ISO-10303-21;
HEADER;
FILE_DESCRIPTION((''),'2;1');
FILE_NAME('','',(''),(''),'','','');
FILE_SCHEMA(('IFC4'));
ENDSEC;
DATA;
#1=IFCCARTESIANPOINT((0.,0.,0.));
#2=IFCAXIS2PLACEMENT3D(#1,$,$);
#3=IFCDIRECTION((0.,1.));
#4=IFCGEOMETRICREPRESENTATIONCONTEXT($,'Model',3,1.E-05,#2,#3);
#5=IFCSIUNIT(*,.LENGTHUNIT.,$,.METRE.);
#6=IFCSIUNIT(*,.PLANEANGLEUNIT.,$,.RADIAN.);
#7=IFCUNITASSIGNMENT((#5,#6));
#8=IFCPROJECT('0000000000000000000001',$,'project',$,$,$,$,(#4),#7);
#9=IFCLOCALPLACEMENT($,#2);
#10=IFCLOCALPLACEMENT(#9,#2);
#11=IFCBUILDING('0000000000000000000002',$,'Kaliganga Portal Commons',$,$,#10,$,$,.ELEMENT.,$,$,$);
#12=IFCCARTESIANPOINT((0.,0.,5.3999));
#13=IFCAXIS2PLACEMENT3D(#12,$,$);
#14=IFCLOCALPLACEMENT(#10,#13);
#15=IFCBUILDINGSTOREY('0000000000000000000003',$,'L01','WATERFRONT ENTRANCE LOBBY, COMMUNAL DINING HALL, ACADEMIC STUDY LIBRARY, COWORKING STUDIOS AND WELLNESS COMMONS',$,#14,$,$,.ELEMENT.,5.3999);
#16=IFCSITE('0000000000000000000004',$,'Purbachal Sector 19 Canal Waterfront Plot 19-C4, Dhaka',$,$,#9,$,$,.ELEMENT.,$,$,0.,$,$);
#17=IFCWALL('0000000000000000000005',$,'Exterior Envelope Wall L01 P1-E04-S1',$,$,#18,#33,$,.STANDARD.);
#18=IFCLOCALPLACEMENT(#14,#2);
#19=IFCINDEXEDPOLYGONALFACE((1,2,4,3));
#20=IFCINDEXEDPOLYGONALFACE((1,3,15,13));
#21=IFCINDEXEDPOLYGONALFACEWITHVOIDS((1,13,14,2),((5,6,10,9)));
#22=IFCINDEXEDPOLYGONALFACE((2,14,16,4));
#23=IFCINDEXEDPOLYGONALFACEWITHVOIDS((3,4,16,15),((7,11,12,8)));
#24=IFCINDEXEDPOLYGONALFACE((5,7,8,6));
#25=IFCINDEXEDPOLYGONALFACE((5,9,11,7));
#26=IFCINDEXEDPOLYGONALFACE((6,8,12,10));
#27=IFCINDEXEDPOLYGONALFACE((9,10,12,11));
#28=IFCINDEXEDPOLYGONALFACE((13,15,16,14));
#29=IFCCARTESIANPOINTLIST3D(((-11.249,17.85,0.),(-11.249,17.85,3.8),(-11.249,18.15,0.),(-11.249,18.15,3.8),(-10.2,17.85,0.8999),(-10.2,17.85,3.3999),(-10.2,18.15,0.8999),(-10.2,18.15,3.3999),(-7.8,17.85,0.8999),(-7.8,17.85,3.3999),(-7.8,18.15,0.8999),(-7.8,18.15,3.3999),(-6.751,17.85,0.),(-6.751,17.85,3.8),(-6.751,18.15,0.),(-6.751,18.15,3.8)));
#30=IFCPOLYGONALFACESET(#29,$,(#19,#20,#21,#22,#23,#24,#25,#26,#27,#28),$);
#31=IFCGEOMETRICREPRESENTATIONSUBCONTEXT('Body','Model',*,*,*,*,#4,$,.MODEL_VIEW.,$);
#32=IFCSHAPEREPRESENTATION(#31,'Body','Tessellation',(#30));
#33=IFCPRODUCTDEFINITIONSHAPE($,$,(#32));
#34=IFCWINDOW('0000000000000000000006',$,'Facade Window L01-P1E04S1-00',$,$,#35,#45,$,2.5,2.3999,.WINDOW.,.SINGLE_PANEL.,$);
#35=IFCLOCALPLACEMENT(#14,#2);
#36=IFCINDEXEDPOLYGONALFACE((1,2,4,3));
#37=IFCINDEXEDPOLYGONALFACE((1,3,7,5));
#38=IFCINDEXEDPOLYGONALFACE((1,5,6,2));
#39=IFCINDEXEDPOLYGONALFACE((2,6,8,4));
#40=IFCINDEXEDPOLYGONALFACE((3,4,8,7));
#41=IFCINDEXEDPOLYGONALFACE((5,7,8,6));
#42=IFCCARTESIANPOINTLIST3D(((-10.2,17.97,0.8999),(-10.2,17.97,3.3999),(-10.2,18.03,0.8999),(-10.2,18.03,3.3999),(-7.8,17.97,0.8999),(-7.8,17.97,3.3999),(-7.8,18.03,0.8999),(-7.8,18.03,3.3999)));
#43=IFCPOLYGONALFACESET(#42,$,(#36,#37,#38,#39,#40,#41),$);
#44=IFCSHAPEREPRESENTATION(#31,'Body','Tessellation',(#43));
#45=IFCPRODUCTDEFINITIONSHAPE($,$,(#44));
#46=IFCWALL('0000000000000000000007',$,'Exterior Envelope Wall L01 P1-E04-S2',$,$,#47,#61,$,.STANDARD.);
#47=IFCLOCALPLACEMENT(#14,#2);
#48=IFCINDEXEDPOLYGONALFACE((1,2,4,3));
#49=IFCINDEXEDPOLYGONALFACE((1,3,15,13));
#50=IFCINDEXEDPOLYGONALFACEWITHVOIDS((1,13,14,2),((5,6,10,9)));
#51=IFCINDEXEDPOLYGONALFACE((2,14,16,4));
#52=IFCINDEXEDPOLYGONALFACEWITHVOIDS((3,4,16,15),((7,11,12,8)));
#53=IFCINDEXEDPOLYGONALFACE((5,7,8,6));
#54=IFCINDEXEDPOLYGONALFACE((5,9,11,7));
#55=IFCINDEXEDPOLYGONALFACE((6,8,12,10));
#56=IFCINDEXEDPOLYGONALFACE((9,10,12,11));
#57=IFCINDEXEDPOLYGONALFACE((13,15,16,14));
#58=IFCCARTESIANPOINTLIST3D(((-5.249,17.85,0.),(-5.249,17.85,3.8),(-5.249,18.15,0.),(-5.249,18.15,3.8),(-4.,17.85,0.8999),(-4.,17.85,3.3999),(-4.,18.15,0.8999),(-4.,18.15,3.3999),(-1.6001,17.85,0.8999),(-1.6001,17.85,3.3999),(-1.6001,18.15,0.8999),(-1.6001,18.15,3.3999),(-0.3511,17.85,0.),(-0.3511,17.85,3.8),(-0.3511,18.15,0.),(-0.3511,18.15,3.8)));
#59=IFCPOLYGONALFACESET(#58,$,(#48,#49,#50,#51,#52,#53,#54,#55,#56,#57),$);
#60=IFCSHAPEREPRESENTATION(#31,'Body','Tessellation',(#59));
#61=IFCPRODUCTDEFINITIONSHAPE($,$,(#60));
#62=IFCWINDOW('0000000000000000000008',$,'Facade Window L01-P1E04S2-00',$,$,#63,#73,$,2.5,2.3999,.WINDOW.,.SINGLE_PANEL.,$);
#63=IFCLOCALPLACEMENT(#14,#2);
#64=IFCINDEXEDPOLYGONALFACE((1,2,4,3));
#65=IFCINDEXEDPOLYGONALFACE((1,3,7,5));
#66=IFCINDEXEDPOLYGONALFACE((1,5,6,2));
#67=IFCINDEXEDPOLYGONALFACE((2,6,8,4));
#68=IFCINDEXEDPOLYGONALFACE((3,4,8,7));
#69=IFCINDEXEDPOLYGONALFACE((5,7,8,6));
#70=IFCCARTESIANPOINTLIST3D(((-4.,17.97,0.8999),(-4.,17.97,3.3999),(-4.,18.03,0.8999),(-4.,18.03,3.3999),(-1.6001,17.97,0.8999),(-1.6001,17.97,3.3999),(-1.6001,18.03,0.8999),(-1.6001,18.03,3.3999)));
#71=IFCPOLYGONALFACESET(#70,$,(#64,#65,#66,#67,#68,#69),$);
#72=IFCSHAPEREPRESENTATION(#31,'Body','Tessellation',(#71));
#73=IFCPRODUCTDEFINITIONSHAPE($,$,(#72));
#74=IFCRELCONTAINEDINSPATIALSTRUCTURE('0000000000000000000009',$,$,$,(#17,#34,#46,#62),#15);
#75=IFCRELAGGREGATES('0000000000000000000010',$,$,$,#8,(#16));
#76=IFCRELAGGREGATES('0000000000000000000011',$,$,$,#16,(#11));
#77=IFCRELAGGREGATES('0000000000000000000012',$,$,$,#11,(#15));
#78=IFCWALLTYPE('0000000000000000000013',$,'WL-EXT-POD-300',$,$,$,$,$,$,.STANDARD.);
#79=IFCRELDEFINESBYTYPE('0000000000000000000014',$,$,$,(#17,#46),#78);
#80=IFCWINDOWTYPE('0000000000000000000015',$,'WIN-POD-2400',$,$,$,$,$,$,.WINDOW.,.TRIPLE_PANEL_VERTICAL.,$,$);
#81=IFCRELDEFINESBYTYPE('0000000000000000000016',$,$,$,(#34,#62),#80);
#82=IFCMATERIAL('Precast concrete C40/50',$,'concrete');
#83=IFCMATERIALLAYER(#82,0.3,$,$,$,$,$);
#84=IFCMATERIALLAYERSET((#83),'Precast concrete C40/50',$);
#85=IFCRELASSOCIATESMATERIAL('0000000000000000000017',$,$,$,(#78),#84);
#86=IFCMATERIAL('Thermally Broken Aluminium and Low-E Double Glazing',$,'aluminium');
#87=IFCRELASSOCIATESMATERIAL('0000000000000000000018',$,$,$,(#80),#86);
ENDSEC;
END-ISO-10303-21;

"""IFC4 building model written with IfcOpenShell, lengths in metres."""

from ifc_helpers import new_model, si_unit, direction, frame, frame_2d, origin, place, context, subcontext, project, spatial, rectangle, extrude, material, layer, layer_set, type_object, element, fill, save


model = new_model("IFC4")

# Units and contexts
model_context = context("Model", 3, precision=1e-05, world=origin(), true_north=direction((0.0, 1.0)))
body_context = subcontext(model_context, "Body", "Model", "MODEL_VIEW")
ifc_project = project(units=[si_unit("LENGTHUNIT", "METRE"), si_unit("PLANEANGLEUNIT", "RADIAN")], contexts=[model_context])

# Site, building, storey
site_placement = place(None, origin())
site = spatial("IfcSite", under=ifc_project, at=site_placement, Name="Purbachal Sector 19 Canal Waterfront Plot 19-C4, Dhaka", CompositionType="ELEMENT", RefElevation=0.0)
building_placement = place(site_placement, origin())
building = spatial("IfcBuilding", under=site, at=building_placement, Name="Kaliganga Portal Commons", CompositionType="ELEMENT")
storey_placement = place(building_placement, frame((0.0, 0.0, 5.3999)))
storey = spatial("IfcBuildingStorey", under=building, at=storey_placement, Name="L01", Description="WATERFRONT ENTRANCE LOBBY, COMMUNAL DINING HALL, ACADEMIC STUDY LIBRARY, COWORKING STUDIOS AND WELLNESS COMMONS", CompositionType="ELEMENT", Elevation=5.3999)

# Walls, openings, windows
ifc_material_1 = material(Name="Precast concrete C40/50", Category="concrete")
ifc_layer_1 = layer(ifc_material_1, 0.3)
ifc_layer_set_1 = layer_set([ifc_layer_1], Name="Precast concrete C40/50")
wall_type = type_object("IfcWallType", Name="WL-EXT-POD-300", PredefinedType="STANDARD", material=ifc_layer_set_1)
wall_1_placement = place(storey_placement, frame((-6.751, 18.0, 0.0), z_axis=(0.0, 0.0, 1.0), x_axis=(-1.0, 0.0, 0.0)))
wall_1 = element("IfcWall", 1, at=wall_1_placement, inside=storey, type_object=wall_type, Name="Exterior Envelope Wall L01 P1-E04-S1", PredefinedType="STANDARD", context=body_context, shape_type="SweptSolid", body=[
    extrude(rectangle(XDim=4.498, YDim=0.3, at=frame_2d((2.249, 0.0))), origin(), (0.0, 0.0, 1.0), 3.8),
])
opening_1_placement = place(wall_1_placement, frame((1.0491, 0.0, 0.8999)))
opening_1 = element("IfcOpeningElement", 2, at=opening_1_placement, cuts=wall_1, PredefinedType="OPENING", context=body_context, shape_type="SweptSolid", body=[
    extrude(rectangle(XDim=2.3999, YDim=2.5, at=frame_2d((1.2, 1.25))), frame((0.0, 0.1602, 0.0), z_axis=(0.0, -1.0, 0.0), x_axis=(1.0, 0.0, 0.0)), (0.0, 0.0, 1.0), 0.3201),
])
ifc_material_2 = material(Name="Thermally Broken Aluminium and Low-E Double Glazing", Category="aluminium")
window_type = type_object("IfcWindowType", Name="WIN-POD-2400", PartitioningType="TRIPLE_PANEL_VERTICAL", PredefinedType="WINDOW", material=ifc_material_2)
window_1_placement = place(opening_1_placement, origin())
window_1 = element("IfcWindow", 3, at=window_1_placement, inside=storey, type_object=window_type, Name="Facade Window L01-P1E04S1-00", OverallHeight=2.5, OverallWidth=2.3999, PartitioningType="SINGLE_PANEL", PredefinedType="WINDOW", context=body_context, shape_type="SweptSolid", body=[
    extrude(rectangle(XDim=2.3999, YDim=2.5, at=frame_2d((1.2, 1.25))), frame((0.0, 0.03, 0.0), z_axis=(0.0, -1.0, 0.0), x_axis=(1.0, 0.0, 0.0)), (0.0, 0.0, 1.0), 0.0601),
])
fill(opening_1, window_1)
wall_2_placement = place(storey_placement, frame((-0.3511, 18.0, 0.0), z_axis=(0.0, 0.0, 1.0), x_axis=(-1.0, 0.0, 0.0)))
wall_2 = element("IfcWall", 4, at=wall_2_placement, inside=storey, type_object=wall_type, Name="Exterior Envelope Wall L01 P1-E04-S2", PredefinedType="STANDARD", context=body_context, shape_type="SweptSolid", body=[
    extrude(rectangle(XDim=4.8979, YDim=0.3, at=frame_2d((2.449, 0.0))), origin(), (0.0, 0.0, 1.0), 3.8),
])
opening_2_placement = place(wall_2_placement, frame((1.249, 0.0, 0.8999)))
opening_2 = element("IfcOpeningElement", 5, at=opening_2_placement, cuts=wall_2, PredefinedType="OPENING", context=body_context, shape_type="SweptSolid", body=[
    extrude(rectangle(XDim=2.3999, YDim=2.5, at=frame_2d((1.2, 1.25))), frame((0.0, 0.1602, 0.0), z_axis=(0.0, -1.0, 0.0), x_axis=(1.0, 0.0, 0.0)), (0.0, 0.0, 1.0), 0.3201),
])
window_2_placement = place(opening_2_placement, origin())
window_2 = element("IfcWindow", 6, at=window_2_placement, inside=storey, type_object=window_type, Name="Facade Window L01-P1E04S2-00", OverallHeight=2.5, OverallWidth=2.3999, PartitioningType="SINGLE_PANEL", PredefinedType="WINDOW", context=body_context, shape_type="SweptSolid", body=[
    extrude(rectangle(XDim=2.3999, YDim=2.5, at=frame_2d((1.2, 1.25))), frame((0.0, 0.03, 0.0), z_axis=(0.0, -1.0, 0.0), x_axis=(1.0, 0.0, 0.0)), (0.0, 0.0, 1.0), 0.0601),
])
fill(opening_2, window_2)

save(model, "model.ifc")
